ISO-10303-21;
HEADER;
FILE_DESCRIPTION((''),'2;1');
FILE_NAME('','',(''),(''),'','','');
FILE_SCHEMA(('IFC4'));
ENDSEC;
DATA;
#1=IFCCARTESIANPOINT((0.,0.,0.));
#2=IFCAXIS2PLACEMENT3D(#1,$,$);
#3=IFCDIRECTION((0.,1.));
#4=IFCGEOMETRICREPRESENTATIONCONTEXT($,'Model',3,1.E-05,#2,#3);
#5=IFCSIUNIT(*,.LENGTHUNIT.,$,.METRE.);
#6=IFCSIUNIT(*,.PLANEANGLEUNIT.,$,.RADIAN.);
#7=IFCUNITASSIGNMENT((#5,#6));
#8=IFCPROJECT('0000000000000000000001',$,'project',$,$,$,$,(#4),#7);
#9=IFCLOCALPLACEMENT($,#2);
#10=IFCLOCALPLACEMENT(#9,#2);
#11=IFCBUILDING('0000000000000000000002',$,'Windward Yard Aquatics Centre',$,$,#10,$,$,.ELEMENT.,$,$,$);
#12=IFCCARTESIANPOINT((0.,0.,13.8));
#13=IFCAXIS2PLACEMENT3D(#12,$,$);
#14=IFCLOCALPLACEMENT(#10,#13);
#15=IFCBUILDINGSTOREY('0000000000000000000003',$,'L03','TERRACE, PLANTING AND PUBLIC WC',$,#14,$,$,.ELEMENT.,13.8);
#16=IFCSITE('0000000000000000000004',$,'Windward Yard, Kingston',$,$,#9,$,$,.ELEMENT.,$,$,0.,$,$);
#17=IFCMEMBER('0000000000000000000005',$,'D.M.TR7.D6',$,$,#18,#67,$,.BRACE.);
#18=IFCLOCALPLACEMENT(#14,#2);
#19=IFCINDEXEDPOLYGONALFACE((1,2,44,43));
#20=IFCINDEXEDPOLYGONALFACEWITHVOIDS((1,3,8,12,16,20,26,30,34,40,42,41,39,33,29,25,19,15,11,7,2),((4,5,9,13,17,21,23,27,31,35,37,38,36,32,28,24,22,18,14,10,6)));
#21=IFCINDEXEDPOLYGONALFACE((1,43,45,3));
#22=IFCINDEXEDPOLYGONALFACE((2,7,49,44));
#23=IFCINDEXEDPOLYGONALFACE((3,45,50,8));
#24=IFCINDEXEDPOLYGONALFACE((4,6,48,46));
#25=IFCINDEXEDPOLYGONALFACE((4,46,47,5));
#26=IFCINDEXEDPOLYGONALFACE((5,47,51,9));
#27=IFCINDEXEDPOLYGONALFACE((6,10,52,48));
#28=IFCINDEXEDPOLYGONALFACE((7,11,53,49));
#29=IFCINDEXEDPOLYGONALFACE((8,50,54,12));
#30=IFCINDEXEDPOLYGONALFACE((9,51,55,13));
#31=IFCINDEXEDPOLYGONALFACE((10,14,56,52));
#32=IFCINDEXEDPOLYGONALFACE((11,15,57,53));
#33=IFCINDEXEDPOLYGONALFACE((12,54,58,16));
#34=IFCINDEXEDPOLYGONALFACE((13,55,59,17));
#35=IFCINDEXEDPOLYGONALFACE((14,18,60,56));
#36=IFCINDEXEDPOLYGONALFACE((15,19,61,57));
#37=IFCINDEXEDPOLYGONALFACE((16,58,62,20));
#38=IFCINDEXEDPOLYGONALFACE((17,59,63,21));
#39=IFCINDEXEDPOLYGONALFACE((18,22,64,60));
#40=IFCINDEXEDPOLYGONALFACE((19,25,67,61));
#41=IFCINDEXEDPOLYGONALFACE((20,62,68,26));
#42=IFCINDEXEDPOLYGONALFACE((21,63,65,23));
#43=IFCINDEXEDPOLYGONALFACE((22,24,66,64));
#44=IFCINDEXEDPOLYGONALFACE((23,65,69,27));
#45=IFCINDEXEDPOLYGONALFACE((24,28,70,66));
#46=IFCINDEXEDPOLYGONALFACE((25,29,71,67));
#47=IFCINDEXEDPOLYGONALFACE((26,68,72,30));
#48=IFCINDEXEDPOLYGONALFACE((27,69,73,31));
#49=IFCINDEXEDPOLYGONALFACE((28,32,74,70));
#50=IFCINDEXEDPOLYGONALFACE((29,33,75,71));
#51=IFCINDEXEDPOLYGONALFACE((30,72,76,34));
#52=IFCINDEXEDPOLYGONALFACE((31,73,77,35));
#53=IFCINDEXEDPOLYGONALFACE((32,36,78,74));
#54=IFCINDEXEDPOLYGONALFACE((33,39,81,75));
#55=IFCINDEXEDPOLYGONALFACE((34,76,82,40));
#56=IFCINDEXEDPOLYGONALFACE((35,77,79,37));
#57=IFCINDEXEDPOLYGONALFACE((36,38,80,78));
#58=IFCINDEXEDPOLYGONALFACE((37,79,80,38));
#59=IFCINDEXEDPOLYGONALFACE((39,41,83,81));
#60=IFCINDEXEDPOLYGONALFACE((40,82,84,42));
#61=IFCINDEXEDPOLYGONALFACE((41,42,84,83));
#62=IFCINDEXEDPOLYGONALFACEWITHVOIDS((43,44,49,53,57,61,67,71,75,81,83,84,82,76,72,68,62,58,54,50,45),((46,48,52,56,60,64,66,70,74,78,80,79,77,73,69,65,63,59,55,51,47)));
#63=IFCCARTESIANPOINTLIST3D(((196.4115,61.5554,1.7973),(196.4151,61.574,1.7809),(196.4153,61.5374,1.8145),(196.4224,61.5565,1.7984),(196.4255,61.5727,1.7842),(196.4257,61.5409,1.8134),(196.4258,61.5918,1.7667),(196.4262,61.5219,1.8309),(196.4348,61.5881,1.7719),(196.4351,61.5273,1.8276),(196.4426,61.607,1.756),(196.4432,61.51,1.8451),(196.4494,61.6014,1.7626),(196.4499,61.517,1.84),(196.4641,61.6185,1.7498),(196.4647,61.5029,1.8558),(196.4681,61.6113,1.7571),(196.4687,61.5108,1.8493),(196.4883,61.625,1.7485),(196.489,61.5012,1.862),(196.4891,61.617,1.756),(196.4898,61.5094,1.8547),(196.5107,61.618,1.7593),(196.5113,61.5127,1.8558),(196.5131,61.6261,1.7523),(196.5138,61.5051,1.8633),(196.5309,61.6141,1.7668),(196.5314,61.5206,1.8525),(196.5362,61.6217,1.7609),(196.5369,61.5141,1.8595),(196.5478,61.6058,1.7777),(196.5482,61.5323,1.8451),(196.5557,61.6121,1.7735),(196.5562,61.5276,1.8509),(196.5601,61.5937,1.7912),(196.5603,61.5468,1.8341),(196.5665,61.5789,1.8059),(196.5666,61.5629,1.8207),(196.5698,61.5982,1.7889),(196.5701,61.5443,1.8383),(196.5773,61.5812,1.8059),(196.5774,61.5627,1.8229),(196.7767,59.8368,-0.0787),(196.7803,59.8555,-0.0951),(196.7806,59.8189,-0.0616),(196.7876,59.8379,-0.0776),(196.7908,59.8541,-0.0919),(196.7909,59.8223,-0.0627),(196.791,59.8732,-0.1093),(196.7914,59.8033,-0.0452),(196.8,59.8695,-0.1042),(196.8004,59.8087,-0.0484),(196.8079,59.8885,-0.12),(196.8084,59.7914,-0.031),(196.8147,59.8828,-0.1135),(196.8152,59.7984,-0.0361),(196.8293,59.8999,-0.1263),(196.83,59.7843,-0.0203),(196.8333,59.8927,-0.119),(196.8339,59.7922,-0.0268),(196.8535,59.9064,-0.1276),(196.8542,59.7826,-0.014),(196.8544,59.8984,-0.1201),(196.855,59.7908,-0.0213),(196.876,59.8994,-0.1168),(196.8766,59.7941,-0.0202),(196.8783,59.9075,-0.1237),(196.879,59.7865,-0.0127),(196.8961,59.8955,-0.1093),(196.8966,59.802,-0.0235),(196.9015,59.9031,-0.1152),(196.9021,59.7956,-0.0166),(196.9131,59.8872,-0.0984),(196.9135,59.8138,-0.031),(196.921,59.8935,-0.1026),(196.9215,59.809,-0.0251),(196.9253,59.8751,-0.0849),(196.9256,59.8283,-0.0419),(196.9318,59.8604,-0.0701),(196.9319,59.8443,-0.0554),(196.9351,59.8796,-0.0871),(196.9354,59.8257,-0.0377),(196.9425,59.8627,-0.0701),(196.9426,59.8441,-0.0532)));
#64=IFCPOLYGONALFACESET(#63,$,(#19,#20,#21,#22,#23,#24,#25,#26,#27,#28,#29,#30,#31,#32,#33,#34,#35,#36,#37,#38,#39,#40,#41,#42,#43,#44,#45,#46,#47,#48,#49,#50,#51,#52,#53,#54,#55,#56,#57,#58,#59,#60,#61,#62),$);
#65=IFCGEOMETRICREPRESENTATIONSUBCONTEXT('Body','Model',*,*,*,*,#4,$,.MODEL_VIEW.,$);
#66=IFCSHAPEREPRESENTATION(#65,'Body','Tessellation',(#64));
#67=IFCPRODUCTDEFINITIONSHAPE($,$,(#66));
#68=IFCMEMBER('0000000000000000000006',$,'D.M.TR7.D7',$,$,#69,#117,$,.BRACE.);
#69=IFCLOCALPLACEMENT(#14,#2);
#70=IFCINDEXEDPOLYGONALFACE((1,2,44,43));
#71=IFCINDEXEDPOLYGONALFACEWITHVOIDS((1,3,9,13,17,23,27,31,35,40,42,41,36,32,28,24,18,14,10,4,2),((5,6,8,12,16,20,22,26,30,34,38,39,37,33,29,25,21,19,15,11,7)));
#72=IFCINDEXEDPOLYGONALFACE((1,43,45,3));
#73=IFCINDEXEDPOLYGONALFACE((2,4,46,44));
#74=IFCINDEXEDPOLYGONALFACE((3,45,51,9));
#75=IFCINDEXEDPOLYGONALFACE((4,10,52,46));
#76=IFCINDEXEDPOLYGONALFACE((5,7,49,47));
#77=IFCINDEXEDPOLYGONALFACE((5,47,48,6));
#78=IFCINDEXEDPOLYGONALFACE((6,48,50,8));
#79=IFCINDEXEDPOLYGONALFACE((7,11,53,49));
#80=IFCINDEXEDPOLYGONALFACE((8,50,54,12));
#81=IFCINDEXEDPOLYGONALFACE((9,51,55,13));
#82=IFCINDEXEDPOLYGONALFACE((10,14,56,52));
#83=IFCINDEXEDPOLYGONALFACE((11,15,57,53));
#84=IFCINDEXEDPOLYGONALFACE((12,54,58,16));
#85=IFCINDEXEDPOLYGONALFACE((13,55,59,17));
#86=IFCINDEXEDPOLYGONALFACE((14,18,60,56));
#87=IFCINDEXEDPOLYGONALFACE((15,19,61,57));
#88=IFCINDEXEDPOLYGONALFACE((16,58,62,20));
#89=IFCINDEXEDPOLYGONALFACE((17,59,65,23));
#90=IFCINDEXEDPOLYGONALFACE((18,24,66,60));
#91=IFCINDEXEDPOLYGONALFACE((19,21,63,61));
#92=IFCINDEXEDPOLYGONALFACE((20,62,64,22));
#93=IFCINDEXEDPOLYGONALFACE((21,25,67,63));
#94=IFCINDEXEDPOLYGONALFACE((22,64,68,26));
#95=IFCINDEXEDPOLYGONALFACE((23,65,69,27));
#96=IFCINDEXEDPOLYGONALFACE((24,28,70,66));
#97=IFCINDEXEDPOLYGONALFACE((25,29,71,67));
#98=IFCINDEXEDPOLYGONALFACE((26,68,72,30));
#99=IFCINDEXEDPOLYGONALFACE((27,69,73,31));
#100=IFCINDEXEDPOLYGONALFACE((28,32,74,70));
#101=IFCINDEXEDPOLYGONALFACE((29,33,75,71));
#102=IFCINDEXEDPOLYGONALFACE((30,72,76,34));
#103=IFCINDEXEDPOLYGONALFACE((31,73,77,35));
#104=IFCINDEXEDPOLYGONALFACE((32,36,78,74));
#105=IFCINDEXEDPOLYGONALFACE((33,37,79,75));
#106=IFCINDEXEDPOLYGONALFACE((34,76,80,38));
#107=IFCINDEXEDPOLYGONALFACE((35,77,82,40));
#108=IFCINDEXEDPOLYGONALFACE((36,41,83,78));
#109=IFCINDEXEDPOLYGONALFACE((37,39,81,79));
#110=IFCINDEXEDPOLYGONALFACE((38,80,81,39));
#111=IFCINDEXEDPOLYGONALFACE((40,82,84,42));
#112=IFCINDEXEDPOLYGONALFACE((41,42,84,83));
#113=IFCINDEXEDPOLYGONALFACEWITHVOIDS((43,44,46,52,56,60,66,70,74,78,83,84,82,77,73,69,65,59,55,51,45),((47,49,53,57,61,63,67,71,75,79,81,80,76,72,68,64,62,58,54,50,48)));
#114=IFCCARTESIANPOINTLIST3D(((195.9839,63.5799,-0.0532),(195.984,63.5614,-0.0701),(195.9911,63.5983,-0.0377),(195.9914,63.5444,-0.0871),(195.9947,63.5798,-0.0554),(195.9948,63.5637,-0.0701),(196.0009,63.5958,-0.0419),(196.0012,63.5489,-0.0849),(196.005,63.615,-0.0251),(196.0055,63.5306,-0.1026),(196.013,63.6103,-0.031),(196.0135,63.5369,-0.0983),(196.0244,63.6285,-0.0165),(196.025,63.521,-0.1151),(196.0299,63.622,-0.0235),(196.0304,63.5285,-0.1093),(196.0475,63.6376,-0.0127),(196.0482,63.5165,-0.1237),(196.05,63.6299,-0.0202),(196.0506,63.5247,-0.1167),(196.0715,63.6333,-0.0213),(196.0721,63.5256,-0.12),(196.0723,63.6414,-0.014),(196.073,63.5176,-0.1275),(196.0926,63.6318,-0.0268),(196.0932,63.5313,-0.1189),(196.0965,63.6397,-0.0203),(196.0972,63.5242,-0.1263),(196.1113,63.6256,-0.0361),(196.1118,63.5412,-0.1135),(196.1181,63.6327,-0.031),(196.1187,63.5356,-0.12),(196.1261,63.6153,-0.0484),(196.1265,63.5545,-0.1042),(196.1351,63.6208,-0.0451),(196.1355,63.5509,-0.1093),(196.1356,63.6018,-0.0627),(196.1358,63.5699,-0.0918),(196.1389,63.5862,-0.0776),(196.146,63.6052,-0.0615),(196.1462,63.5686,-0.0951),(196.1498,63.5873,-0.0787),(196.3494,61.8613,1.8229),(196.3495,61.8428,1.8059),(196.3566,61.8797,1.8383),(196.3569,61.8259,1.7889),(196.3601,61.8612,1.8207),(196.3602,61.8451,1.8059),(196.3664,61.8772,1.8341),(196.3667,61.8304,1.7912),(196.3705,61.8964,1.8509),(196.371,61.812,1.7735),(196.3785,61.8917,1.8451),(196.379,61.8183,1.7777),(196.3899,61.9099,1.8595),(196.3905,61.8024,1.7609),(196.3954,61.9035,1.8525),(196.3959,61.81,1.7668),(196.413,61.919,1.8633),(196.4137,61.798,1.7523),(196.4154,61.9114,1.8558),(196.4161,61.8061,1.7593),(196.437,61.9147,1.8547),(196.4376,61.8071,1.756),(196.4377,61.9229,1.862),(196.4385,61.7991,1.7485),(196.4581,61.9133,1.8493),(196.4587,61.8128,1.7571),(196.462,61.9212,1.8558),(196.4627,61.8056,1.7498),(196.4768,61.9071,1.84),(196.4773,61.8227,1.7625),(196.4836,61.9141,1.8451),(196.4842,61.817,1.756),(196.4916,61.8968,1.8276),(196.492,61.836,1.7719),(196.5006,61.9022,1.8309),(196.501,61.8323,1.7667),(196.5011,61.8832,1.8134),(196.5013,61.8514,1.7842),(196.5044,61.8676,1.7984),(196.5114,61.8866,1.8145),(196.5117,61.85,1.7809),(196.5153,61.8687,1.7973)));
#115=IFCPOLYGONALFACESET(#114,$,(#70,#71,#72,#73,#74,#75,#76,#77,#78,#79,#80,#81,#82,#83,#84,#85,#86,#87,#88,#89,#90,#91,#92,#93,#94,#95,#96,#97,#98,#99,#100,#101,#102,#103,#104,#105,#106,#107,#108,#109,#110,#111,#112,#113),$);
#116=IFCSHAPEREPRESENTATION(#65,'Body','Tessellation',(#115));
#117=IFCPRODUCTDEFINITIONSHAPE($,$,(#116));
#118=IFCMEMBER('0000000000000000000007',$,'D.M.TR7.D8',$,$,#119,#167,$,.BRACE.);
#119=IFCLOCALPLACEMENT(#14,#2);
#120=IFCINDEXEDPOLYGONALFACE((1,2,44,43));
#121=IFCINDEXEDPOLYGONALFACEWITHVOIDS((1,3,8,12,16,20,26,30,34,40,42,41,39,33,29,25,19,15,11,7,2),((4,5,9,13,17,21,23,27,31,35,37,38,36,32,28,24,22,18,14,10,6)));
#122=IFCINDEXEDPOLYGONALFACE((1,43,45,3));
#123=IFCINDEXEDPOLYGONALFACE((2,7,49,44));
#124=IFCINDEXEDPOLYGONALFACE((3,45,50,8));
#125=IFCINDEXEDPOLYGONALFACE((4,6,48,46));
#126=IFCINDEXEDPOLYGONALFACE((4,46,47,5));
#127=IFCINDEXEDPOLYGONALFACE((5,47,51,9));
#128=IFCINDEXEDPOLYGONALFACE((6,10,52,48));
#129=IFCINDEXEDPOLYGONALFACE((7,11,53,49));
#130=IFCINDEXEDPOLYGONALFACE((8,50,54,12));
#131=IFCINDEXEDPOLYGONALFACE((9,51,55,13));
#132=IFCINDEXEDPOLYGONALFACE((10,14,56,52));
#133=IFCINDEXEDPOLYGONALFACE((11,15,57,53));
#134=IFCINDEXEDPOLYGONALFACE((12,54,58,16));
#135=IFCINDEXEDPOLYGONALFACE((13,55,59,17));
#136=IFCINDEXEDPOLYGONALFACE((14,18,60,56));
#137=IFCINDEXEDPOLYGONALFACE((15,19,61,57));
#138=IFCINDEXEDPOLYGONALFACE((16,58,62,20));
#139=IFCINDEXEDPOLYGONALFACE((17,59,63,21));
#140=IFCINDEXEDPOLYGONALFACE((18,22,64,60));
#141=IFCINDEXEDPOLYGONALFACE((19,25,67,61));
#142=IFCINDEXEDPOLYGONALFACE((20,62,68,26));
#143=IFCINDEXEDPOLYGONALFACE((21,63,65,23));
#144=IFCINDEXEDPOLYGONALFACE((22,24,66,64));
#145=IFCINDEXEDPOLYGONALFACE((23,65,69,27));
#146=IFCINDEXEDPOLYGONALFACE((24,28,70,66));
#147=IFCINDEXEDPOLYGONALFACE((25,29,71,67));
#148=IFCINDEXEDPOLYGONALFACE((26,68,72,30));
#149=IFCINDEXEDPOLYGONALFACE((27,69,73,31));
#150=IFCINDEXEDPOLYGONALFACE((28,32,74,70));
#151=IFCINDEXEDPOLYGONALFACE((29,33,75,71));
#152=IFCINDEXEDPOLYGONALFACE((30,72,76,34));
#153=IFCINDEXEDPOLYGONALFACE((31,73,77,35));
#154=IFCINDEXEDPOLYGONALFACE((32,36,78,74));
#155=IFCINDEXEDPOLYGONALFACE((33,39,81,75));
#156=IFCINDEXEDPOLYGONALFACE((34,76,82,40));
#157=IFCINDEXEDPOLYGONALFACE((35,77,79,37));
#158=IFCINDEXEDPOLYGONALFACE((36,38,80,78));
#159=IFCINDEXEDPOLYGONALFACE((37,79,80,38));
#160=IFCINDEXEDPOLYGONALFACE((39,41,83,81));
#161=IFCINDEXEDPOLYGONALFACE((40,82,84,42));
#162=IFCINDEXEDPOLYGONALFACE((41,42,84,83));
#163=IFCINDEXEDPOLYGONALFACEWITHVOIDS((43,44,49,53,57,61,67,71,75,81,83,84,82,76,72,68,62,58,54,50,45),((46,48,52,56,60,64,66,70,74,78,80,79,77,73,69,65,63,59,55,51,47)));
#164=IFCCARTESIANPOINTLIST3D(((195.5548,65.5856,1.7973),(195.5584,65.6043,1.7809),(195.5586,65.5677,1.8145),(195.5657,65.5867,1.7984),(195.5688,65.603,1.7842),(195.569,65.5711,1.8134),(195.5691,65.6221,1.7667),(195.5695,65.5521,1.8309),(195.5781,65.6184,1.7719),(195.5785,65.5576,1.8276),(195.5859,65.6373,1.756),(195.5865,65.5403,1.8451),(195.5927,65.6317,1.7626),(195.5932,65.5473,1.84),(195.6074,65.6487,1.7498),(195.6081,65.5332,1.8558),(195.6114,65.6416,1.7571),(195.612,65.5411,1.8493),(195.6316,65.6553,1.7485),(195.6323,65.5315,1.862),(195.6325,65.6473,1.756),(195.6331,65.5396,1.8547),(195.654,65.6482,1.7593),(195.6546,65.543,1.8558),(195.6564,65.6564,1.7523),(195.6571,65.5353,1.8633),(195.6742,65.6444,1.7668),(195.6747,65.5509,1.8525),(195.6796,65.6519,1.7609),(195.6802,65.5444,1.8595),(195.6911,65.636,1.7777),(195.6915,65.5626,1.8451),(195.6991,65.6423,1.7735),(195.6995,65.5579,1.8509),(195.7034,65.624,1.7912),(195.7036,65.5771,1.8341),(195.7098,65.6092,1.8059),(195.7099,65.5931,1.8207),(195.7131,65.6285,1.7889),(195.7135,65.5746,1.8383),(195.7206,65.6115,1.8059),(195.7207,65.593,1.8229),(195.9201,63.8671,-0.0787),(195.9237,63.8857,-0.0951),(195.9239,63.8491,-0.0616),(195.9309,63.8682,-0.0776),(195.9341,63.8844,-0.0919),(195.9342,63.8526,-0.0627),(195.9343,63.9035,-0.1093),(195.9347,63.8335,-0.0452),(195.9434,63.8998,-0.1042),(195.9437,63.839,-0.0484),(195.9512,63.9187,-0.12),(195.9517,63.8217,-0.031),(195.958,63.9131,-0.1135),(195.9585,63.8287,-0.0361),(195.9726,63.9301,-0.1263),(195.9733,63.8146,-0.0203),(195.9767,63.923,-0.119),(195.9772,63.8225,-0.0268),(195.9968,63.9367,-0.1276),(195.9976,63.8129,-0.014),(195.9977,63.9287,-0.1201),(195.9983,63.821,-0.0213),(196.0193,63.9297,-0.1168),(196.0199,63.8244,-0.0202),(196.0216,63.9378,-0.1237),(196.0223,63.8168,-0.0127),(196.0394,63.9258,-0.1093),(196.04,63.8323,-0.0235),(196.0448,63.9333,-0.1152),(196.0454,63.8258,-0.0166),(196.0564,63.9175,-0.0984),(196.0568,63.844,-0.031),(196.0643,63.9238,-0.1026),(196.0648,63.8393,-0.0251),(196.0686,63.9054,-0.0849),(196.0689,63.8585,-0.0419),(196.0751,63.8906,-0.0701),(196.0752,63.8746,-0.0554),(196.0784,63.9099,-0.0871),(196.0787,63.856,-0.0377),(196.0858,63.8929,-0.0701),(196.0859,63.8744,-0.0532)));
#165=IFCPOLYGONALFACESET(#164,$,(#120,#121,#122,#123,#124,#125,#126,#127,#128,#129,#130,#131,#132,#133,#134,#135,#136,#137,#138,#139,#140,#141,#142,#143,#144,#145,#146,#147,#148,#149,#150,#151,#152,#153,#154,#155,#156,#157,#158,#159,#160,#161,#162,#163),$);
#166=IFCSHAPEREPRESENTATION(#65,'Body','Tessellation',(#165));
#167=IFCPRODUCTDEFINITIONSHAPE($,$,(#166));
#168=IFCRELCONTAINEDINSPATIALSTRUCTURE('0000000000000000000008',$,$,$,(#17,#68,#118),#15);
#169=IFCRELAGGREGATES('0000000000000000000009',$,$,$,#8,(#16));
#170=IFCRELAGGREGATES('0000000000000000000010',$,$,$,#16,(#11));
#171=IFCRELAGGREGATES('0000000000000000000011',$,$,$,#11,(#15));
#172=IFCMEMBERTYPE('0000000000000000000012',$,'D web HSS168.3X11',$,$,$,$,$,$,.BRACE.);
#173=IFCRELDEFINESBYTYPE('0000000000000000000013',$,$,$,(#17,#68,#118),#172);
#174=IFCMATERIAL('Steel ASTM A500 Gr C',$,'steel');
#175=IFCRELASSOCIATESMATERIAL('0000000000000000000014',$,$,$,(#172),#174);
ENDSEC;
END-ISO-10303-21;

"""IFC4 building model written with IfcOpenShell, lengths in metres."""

from ifc_helpers import new_model, si_unit, direction, frame, origin, origin_2d, place, context, subcontext, project, spatial, hollow_circle, extrude, material, material_profile, profile_set, type_object, element, save


model = new_model("IFC4")

# Units and contexts
model_context = context("Model", 3, precision=1e-05, world=origin(), true_north=direction((0.0, 1.0)))
body_context = subcontext(model_context, "Body", "Model", "MODEL_VIEW")
ifc_project = project(units=[si_unit("LENGTHUNIT", "METRE"), si_unit("PLANEANGLEUNIT", "RADIAN")], contexts=[model_context])

# Site, building, storey
site_placement = place(None, origin())
site = spatial("IfcSite", under=ifc_project, at=site_placement, Name="Windward Yard, Kingston", CompositionType="ELEMENT", RefElevation=0.0)
building_placement = place(site_placement, origin())
building = spatial("IfcBuilding", under=site, at=building_placement, Name="Windward Yard Aquatics Centre", CompositionType="ELEMENT")
storey_placement = place(building_placement, frame((0.0, 0.0, 13.8)))
storey = spatial("IfcBuildingStorey", under=building, at=storey_placement, Name="L03", Description="TERRACE, PLANTING AND PUBLIC WC", CompositionType="ELEMENT", Elevation=13.8)

# Members
ifc_material_1 = material(Name="Steel ASTM A500 Gr C", Category="steel")
ifc_material_profile_1 = material_profile(ifc_material_1, hollow_circle(Radius=0.0842, WallThickness=0.011, at=origin_2d()), Name="HSS168.3X11")
ifc_profile_set_1 = profile_set([ifc_material_profile_1], Name="Steel ASTM A500 Gr C")
member_type_1 = type_object("IfcMemberType", Name="D web HSS168.3X11", PredefinedType="BRACE", material=ifc_profile_set_1)
for number, where, z_axis, x_axis, name in (
    (1, (196.4949, 61.5637, 1.8059), (0.142103, -0.668626, -0.729894), (0.978153, 0.207887, 0.0), "D.M.TR7.D6"),
    (2, (196.4319, 61.8604, 1.8059), (-0.142196, 0.668617, -0.729884), (-0.978125, -0.20802, 0.0), "D.M.TR7.D7"),
    (3, (195.6382, 65.594, 1.8059), (0.142103, -0.668626, -0.729894), (0.978153, 0.207887, 0.0), "D.M.TR7.D8"),
):
    element("IfcMember", number, at=place(storey_placement, frame(where, z_axis=z_axis, x_axis=x_axis)), inside=storey, type_object=member_type_1, Name=name, PredefinedType="BRACE", context=body_context, shape_type="SweptSolid", body=[
        extrude(hollow_circle(Radius=0.0842, WallThickness=0.011, at=origin_2d()), origin(), (0.0, 0.0, 1.0), 2.5703),
    ])

save(model, "model.ifc")
